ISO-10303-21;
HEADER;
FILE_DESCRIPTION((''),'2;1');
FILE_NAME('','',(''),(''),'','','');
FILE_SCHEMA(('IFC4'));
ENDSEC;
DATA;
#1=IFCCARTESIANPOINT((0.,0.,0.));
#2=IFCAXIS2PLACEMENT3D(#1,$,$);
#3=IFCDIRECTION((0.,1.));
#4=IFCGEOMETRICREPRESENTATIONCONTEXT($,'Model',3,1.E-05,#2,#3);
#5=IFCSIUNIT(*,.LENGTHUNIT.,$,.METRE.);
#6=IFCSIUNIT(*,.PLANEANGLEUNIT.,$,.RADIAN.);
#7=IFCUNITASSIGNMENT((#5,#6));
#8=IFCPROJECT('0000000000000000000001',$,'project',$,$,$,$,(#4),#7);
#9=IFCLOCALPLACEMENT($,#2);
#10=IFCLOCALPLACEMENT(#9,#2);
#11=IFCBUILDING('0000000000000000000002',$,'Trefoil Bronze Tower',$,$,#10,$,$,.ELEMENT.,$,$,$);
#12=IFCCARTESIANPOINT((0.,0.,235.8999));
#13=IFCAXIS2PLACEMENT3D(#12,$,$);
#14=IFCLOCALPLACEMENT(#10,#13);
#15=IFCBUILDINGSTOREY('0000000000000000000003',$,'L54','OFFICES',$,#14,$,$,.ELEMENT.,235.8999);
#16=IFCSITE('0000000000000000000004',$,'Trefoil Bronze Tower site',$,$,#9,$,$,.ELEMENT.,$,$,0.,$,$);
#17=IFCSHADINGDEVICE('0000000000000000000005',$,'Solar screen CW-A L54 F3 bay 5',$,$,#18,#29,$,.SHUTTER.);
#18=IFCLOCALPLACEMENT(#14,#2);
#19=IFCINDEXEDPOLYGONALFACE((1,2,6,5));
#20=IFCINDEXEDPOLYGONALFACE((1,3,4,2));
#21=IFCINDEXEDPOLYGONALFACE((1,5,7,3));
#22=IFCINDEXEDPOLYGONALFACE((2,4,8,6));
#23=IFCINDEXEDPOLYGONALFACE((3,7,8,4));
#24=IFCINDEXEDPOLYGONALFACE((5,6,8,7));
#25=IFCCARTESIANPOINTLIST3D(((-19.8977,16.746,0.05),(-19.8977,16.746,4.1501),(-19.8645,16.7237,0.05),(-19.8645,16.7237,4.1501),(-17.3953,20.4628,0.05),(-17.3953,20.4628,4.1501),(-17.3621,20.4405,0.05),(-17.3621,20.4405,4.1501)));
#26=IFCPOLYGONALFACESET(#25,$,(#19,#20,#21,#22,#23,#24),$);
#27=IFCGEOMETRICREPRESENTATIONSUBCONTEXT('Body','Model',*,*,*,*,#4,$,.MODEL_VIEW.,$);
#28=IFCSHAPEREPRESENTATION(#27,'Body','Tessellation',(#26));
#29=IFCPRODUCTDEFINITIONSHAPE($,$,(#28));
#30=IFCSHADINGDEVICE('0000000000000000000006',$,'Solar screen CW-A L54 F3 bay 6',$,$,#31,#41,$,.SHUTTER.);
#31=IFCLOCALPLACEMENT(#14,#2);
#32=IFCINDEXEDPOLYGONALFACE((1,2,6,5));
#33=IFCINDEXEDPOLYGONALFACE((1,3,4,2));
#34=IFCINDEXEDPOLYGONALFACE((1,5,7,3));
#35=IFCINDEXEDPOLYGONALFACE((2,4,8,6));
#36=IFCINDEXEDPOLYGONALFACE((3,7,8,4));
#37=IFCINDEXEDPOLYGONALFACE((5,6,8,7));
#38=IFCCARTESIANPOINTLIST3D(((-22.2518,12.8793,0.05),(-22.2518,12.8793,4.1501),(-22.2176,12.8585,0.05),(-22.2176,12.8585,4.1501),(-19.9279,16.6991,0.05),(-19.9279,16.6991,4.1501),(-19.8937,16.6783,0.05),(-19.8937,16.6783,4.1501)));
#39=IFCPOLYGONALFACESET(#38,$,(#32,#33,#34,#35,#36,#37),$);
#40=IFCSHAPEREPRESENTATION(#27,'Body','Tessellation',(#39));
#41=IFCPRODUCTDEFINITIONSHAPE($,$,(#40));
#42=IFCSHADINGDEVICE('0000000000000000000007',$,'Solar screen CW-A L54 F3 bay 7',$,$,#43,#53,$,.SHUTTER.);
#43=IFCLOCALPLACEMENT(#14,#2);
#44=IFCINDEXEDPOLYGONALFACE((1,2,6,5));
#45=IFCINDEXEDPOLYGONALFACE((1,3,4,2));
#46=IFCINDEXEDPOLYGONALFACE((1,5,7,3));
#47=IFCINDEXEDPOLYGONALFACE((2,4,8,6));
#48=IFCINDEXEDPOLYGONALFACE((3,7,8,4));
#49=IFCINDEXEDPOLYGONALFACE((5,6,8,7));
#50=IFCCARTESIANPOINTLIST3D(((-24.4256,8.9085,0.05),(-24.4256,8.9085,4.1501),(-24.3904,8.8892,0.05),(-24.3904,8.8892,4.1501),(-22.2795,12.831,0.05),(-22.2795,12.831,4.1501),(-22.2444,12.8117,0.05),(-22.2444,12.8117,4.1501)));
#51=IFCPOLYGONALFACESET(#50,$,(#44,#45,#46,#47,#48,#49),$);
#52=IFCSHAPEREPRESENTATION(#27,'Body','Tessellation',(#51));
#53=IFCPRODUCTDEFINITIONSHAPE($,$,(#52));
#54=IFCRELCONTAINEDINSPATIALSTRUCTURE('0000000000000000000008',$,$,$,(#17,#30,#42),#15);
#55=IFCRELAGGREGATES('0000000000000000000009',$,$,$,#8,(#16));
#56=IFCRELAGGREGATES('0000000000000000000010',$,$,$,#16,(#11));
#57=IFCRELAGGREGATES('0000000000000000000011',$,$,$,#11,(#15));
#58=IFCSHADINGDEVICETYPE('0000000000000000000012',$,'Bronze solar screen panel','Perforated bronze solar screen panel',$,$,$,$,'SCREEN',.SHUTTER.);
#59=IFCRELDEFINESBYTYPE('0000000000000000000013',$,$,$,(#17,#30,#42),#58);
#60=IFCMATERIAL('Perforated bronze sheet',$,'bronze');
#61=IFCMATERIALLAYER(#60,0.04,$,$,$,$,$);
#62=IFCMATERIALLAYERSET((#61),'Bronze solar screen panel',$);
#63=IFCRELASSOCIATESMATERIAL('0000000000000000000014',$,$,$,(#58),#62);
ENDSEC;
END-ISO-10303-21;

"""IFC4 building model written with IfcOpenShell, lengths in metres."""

from ifc_helpers import new_model, si_unit, direction, frame, origin, origin_2d, place, context, subcontext, project, spatial, rectangle, extrude, material, layer, layer_set, type_object, element, save


model = new_model("IFC4")

# Units and contexts
model_context = context("Model", 3, precision=1e-05, world=origin(), true_north=direction((0.0, 1.0)))
body_context = subcontext(model_context, "Body", "Model", "MODEL_VIEW")
ifc_project = project(units=[si_unit("LENGTHUNIT", "METRE"), si_unit("PLANEANGLEUNIT", "RADIAN")], contexts=[model_context])

# Site, building, storey
site_placement = place(None, origin())
site = spatial("IfcSite", under=ifc_project, at=site_placement, Name="Trefoil Bronze Tower site", CompositionType="ELEMENT", RefElevation=0.0)
building_placement = place(site_placement, origin())
building = spatial("IfcBuilding", under=site, at=building_placement, Name="Trefoil Bronze Tower", CompositionType="ELEMENT")
storey_placement = place(building_placement, frame((0.0, 0.0, 235.8999)))
storey = spatial("IfcBuildingStorey", under=building, at=storey_placement, Name="L54", Description="OFFICES", CompositionType="ELEMENT", Elevation=235.8999)

# Shading devices
ifc_material_1 = material(Name="Perforated bronze sheet", Category="bronze")
ifc_layer_1 = layer(ifc_material_1, 0.04)
ifc_layer_set_1 = layer_set([ifc_layer_1], Name="Bronze solar screen panel")
shading_device_type = type_object("IfcShadingDeviceType", Name="Bronze solar screen panel", Description="Perforated bronze solar screen panel", ElementType="SCREEN", PredefinedType="SHUTTER", material=ifc_layer_set_1)
shading_device_1_placement = place(storey_placement, frame((-18.6299, 18.5933, 0.05), z_axis=(0.0, 0.0, 1.0), x_axis=(-0.558493, -0.829509, 0.0)))
element("IfcShadingDevice", 1, at=shading_device_1_placement, inside=storey, type_object=shading_device_type, Name="Solar screen CW-A L54 F3 bay 5", PredefinedType="SHUTTER", context=body_context, shape_type="SweptSolid", body=[
    extrude(rectangle(XDim=4.4807, YDim=0.04, at=origin_2d()), origin(), (0.0, 0.0, 1.0), 4.1001),
])
for number, where, z_axis, x_axis, name in (
    (2, (-21.0728, 14.7788, 0.05), (0.0, 0.0, 1.0), (-0.519762, -0.854311, 0.0), "Solar screen CW-A L54 F3 bay 6"),
    (3, (-23.335, 10.8601, 0.05), (0.0, 0.0, 1.0), (-0.479974, -0.877283, 0.0), "Solar screen CW-A L54 F3 bay 7"),
):
    element("IfcShadingDevice", number, at=place(storey_placement, frame(where, z_axis=z_axis, x_axis=x_axis)), inside=storey, type_object=shading_device_type, Name=name, PredefinedType="SHUTTER", context=body_context, shape_type="SweptSolid", body=[
        extrude(rectangle(XDim=4.4712, YDim=0.04, at=origin_2d()), origin(), (0.0, 0.0, 1.0), 4.1001),
    ])

save(model, "model.ifc")
